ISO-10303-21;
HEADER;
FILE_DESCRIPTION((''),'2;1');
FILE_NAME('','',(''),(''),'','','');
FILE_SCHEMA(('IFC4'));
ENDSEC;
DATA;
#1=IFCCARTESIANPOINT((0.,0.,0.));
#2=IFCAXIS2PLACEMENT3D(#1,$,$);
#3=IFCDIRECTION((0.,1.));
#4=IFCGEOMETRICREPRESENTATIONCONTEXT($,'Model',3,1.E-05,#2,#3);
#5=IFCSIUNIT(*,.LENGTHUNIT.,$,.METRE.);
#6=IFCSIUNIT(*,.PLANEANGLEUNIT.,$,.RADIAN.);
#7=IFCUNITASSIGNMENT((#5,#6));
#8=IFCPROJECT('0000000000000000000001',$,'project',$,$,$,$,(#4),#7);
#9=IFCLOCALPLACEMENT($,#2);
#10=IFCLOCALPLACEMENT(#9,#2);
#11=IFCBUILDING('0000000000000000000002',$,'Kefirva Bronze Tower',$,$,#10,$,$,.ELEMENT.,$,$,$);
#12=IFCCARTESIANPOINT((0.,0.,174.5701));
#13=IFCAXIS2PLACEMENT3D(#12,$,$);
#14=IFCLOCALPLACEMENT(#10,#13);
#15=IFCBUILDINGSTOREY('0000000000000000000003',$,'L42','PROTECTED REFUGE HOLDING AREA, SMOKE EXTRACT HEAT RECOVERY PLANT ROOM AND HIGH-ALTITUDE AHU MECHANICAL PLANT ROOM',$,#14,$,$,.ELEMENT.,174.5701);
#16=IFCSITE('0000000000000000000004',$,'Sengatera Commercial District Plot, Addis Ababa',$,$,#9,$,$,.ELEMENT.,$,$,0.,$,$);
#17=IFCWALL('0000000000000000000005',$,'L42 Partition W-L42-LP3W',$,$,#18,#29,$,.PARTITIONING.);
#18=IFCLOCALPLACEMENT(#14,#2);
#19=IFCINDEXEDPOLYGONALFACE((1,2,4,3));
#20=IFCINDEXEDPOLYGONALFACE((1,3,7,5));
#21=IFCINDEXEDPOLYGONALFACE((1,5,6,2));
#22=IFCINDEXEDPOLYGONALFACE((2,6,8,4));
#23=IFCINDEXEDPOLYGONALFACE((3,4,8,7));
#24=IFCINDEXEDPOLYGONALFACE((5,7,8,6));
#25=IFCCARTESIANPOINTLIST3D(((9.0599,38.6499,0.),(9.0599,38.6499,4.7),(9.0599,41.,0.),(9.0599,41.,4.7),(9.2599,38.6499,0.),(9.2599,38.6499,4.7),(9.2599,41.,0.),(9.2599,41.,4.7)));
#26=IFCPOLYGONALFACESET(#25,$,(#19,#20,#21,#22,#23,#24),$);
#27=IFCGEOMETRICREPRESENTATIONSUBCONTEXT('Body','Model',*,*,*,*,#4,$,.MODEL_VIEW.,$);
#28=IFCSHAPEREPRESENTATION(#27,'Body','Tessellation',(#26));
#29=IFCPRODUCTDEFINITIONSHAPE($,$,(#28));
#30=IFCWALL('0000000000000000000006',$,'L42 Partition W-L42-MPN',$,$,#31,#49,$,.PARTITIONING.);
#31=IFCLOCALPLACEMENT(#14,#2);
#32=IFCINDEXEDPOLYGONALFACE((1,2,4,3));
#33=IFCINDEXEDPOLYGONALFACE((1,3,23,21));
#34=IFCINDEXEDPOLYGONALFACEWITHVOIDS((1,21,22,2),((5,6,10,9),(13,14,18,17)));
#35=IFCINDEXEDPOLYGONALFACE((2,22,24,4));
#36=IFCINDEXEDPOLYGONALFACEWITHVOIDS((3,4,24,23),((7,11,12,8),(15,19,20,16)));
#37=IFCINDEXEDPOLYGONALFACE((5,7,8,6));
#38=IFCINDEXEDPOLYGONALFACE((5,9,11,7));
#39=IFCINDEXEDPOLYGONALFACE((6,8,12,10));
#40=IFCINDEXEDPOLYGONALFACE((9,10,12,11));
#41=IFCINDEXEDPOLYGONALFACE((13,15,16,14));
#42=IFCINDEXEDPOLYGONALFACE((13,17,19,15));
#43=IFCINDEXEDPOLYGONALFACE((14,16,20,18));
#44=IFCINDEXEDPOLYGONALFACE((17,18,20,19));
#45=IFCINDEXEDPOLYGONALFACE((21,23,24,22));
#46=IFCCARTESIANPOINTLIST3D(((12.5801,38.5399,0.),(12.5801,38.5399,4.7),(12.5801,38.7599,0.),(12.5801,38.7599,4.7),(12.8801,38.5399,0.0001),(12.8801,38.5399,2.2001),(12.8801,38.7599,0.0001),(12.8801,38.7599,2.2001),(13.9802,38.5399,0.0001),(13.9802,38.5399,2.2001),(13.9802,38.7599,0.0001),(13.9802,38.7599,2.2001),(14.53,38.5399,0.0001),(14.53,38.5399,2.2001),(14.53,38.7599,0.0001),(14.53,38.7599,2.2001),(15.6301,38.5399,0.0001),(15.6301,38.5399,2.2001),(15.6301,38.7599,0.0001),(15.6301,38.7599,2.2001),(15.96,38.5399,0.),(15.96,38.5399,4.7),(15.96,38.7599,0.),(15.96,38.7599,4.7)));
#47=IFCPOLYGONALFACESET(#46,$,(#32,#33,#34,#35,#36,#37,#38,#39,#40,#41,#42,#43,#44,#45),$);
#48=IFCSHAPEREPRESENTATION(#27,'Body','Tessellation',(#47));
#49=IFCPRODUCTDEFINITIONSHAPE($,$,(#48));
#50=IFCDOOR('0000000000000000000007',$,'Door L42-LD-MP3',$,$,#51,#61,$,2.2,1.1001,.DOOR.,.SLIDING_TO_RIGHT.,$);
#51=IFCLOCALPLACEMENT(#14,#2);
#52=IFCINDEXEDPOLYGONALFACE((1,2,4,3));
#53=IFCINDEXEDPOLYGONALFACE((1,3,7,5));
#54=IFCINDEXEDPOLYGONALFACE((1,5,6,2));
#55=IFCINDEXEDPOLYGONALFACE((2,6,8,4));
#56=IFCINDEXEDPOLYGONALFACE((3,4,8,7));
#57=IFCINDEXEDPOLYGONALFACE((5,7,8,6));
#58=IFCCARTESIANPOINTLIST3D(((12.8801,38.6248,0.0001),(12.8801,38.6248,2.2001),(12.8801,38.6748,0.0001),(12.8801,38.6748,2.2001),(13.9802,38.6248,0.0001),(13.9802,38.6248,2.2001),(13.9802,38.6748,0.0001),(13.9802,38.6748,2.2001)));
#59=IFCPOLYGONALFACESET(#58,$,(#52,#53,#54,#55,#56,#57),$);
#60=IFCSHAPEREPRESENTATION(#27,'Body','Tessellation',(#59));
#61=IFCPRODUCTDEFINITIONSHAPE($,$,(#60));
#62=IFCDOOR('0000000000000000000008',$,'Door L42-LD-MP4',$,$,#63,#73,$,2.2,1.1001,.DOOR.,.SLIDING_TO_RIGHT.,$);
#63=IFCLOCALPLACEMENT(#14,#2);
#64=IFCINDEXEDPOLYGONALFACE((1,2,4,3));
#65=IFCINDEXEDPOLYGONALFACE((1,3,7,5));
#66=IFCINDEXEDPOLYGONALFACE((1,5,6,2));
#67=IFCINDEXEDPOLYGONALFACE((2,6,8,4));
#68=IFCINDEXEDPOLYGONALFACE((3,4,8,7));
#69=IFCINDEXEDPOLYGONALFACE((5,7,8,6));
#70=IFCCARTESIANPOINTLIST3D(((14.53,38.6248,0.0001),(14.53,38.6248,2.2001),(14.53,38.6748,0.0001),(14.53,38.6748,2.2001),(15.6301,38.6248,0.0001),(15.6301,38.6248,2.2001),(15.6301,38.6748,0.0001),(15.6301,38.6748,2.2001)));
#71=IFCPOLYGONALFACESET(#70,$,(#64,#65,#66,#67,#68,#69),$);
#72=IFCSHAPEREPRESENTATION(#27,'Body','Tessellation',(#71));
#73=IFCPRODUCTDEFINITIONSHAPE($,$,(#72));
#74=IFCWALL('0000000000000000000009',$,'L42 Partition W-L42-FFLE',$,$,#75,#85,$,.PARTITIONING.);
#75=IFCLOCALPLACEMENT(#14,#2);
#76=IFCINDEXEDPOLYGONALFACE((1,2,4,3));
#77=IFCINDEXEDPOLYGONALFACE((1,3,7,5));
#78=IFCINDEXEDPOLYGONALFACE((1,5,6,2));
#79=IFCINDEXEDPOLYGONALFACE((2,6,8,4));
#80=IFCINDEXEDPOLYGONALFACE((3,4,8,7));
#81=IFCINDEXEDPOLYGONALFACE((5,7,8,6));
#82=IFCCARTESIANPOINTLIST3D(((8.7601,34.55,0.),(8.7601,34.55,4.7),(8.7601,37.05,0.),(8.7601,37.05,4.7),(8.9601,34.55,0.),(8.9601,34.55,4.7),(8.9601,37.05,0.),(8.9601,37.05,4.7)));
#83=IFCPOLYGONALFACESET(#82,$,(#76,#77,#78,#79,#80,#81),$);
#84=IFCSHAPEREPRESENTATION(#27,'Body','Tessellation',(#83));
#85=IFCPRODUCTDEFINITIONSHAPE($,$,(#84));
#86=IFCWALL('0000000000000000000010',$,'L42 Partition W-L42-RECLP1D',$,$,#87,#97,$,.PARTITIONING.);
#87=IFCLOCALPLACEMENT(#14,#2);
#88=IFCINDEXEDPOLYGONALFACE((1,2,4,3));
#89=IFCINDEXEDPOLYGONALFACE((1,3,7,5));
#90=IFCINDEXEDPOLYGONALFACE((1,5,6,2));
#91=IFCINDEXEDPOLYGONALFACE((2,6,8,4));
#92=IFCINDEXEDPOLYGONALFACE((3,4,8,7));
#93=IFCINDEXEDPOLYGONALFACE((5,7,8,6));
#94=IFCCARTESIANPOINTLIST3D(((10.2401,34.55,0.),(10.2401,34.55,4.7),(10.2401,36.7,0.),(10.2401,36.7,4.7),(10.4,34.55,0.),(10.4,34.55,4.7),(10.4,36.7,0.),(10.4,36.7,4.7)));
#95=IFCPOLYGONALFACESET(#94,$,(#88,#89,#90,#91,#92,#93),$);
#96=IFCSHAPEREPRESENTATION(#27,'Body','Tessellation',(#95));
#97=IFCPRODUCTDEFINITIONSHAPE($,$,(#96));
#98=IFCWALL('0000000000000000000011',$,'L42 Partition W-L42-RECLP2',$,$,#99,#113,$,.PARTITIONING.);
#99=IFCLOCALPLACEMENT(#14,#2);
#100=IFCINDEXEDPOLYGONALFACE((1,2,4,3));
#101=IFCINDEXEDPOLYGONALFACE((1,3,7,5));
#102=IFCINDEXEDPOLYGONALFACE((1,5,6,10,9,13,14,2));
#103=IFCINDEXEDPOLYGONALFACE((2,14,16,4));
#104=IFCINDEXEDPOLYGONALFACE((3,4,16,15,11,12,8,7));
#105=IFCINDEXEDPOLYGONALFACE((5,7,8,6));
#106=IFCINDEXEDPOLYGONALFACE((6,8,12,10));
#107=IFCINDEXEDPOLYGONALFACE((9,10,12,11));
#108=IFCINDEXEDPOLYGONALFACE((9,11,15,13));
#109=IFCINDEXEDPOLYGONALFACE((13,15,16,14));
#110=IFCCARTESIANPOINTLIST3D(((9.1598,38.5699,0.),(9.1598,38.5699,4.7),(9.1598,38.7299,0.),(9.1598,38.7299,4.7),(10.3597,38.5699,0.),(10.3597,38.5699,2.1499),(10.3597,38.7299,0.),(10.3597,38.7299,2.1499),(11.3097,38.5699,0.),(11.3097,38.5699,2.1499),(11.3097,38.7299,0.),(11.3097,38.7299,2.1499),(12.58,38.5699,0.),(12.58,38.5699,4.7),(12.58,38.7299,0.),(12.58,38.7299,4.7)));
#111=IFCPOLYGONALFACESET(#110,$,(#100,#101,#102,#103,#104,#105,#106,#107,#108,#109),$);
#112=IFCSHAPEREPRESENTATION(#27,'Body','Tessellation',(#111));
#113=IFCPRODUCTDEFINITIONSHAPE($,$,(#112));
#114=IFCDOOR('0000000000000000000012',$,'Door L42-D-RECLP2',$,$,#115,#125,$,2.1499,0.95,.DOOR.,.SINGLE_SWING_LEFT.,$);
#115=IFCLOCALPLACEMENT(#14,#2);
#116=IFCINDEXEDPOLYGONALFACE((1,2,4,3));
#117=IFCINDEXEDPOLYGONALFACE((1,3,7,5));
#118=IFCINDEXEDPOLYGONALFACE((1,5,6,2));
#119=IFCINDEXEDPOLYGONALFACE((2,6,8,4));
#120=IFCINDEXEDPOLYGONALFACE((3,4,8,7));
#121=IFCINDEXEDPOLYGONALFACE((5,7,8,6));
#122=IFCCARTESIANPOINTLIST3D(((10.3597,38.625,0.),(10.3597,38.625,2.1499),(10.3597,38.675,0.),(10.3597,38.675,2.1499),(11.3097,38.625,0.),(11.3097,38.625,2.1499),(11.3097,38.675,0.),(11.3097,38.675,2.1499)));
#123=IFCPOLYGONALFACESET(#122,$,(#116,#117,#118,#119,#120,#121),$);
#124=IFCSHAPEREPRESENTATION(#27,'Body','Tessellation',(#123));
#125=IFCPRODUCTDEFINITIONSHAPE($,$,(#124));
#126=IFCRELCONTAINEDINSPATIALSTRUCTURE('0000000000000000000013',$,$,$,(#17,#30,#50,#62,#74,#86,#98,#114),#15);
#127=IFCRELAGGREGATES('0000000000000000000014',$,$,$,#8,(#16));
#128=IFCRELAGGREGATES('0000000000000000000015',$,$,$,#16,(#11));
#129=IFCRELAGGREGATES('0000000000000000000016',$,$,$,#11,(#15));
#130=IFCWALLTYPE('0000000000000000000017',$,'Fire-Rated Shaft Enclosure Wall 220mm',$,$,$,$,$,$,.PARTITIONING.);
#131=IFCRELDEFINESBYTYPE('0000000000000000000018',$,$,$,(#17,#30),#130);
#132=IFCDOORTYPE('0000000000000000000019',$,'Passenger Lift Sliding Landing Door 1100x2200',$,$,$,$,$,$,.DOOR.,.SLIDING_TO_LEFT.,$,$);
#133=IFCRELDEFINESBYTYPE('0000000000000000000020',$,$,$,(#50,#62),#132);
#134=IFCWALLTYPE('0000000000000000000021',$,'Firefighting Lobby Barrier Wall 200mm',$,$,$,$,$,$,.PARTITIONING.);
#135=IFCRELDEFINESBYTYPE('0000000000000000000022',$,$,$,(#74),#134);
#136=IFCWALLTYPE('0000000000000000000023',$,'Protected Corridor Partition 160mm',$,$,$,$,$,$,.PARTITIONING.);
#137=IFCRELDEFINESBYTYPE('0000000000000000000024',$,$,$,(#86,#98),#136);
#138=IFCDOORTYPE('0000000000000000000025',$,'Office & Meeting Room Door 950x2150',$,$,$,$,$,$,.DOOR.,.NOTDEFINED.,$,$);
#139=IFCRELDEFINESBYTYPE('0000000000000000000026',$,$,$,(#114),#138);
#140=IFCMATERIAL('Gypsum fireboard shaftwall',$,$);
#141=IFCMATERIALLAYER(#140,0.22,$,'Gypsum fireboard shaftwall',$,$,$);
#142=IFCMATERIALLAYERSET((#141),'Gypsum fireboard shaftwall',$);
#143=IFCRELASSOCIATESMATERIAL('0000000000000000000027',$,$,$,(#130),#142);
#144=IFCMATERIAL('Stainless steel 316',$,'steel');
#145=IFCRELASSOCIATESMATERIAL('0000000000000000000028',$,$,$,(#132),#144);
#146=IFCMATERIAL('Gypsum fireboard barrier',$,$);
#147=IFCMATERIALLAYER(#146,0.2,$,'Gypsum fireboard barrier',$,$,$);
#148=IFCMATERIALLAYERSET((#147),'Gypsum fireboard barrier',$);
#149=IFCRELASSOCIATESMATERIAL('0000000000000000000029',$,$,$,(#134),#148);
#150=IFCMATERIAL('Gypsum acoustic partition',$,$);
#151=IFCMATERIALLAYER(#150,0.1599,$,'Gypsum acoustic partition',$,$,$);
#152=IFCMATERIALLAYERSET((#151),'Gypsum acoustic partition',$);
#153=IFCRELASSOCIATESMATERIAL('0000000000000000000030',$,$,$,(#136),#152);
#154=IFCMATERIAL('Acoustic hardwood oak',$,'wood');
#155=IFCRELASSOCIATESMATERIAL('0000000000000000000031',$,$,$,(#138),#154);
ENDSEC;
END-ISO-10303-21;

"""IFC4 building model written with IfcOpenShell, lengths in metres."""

from ifc_helpers import new_model, si_unit, direction, frame, frame_2d, origin, place, context, subcontext, project, spatial, rectangle, extrude, material, layer, layer_set, type_object, element, fill, save


model = new_model("IFC4")

# Units and contexts
model_context = context("Model", 3, precision=1e-05, world=origin(), true_north=direction((0.0, 1.0)))
body_context = subcontext(model_context, "Body", "Model", "MODEL_VIEW")
ifc_project = project(units=[si_unit("LENGTHUNIT", "METRE"), si_unit("PLANEANGLEUNIT", "RADIAN")], contexts=[model_context])

# Site, building, storey
site_placement = place(None, origin())
site = spatial("IfcSite", under=ifc_project, at=site_placement, Name="Sengatera Commercial District Plot, Addis Ababa", CompositionType="ELEMENT", RefElevation=0.0)
building_placement = place(site_placement, origin())
building = spatial("IfcBuilding", under=site, at=building_placement, Name="Kefirva Bronze Tower", CompositionType="ELEMENT")
storey_placement = place(building_placement, frame((0.0, 0.0, 174.5701)))
storey = spatial("IfcBuildingStorey", under=building, at=storey_placement, Name="L42", Description="PROTECTED REFUGE HOLDING AREA, SMOKE EXTRACT HEAT RECOVERY PLANT ROOM AND HIGH-ALTITUDE AHU MECHANICAL PLANT ROOM", CompositionType="ELEMENT", Elevation=174.5701)

# Shared definitions
ifc_material_1 = material(Name="Gypsum fireboard shaftwall")
ifc_layer_1 = layer(ifc_material_1, 0.22, Name="Gypsum fireboard shaftwall")
ifc_layer_set_1 = layer_set([ifc_layer_1], Name="Gypsum fireboard shaftwall")
wall_type_1 = type_object("IfcWallType", Name="Fire-Rated Shaft Enclosure Wall 220mm", PredefinedType="PARTITIONING", material=ifc_layer_set_1)
ifc_material_2 = material(Name="Stainless steel 316", Category="steel")

# Wall
wall_1_placement = place(storey_placement, frame((9.1599, 38.6499, 0.0), z_axis=(0.0, 0.0, 1.0), x_axis=(0.0, 1.0, 0.0)))
element("IfcWall", 1, at=wall_1_placement, inside=storey, type_object=wall_type_1, Name="L42 Partition W-L42-LP3W", PredefinedType="PARTITIONING", context=body_context, shape_type="SweptSolid", body=[
    extrude(rectangle(XDim=2.3501, YDim=0.2, at=frame_2d((1.175, 0.0))), origin(), (0.0, 0.0, 1.0), 4.7),
])

# Wall, openings, doors
wall_2_placement = place(storey_placement, frame((12.5801, 38.6499, 0.0), z_axis=(0.0, 0.0, 1.0), x_axis=(1.0, 0.0, 0.0)))
wall_2 = element("IfcWall", 2, at=wall_2_placement, inside=storey, type_object=wall_type_1, Name="L42 Partition W-L42-MPN", PredefinedType="PARTITIONING", context=body_context, shape_type="SweptSolid", body=[
    extrude(rectangle(XDim=3.3799, YDim=0.22, at=frame_2d((1.6899, 0.0))), origin(), (0.0, 0.0, 1.0), 4.7),
])
opening_1_placement = place(wall_2_placement, frame((0.3, 0.0, 0.0)))
opening_1 = element("IfcOpeningElement", 3, at=opening_1_placement, cuts=wall_2, PredefinedType="OPENING", context=body_context, shape_type="SweptSolid", body=[
    extrude(rectangle(XDim=1.1001, YDim=2.2, at=frame_2d((0.55, 1.1001))), frame((0.0, 0.1201, 0.0), z_axis=(0.0, -1.0, 0.0), x_axis=(1.0, 0.0, 0.0)), (0.0, 0.0, 1.0), 0.24),
])
opening_2_placement = place(wall_2_placement, frame((1.95, 0.0, 0.0)))
opening_2 = element("IfcOpeningElement", 4, at=opening_2_placement, cuts=wall_2, PredefinedType="OPENING", context=body_context, shape_type="SweptSolid", body=[
    extrude(rectangle(XDim=1.1001, YDim=2.2, at=frame_2d((0.55, 1.1001))), frame((0.0, 0.1201, 0.0), z_axis=(0.0, -1.0, 0.0), x_axis=(1.0, 0.0, 0.0)), (0.0, 0.0, 1.0), 0.24),
])
door_type_1 = type_object("IfcDoorType", Name="Passenger Lift Sliding Landing Door 1100x2200", OperationType="SLIDING_TO_LEFT", PredefinedType="DOOR", material=ifc_material_2)
door_1_placement = place(opening_1_placement, origin())
door_1 = element("IfcDoor", 5, at=door_1_placement, inside=storey, type_object=door_type_1, Name="Door L42-LD-MP3", OperationType="SLIDING_TO_RIGHT", OverallHeight=2.2, OverallWidth=1.1001, PredefinedType="DOOR", context=body_context, shape_type="SweptSolid", body=[
    extrude(rectangle(XDim=1.1001, YDim=2.2, at=frame_2d((0.55, 1.1001))), frame((0.0, 0.0249, 0.0), z_axis=(0.0, -1.0, 0.0), x_axis=(1.0, 0.0, 0.0)), (0.0, 0.0, 1.0), 0.05),
])
fill(opening_1, door_1)
door_2_placement = place(opening_2_placement, origin())
door_2 = element("IfcDoor", 6, at=door_2_placement, inside=storey, type_object=door_type_1, Name="Door L42-LD-MP4", OperationType="SLIDING_TO_RIGHT", OverallHeight=2.2, OverallWidth=1.1001, PredefinedType="DOOR", context=body_context, shape_type="SweptSolid", body=[
    extrude(rectangle(XDim=1.1001, YDim=2.2, at=frame_2d((0.55, 1.1001))), frame((0.0, 0.0249, 0.0), z_axis=(0.0, -1.0, 0.0), x_axis=(1.0, 0.0, 0.0)), (0.0, 0.0, 1.0), 0.05),
])
fill(opening_2, door_2)

# Wall
ifc_material_3 = material(Name="Gypsum fireboard barrier")
ifc_layer_2 = layer(ifc_material_3, 0.2, Name="Gypsum fireboard barrier")
ifc_layer_set_2 = layer_set([ifc_layer_2], Name="Gypsum fireboard barrier")
wall_type_2 = type_object("IfcWallType", Name="Firefighting Lobby Barrier Wall 200mm", PredefinedType="PARTITIONING", material=ifc_layer_set_2)
wall_3_placement = place(storey_placement, frame((8.8601, 34.55, 0.0), z_axis=(0.0, 0.0, 1.0), x_axis=(0.0, 1.0, 0.0)))
element("IfcWall", 7, at=wall_3_placement, inside=storey, type_object=wall_type_2, Name="L42 Partition W-L42-FFLE", PredefinedType="PARTITIONING", context=body_context, shape_type="SweptSolid", body=[
    extrude(rectangle(XDim=2.5, YDim=0.2, at=frame_2d((1.25, 0.0))), origin(), (0.0, 0.0, 1.0), 4.7),
])

# Shared definitions
ifc_material_4 = material(Name="Gypsum acoustic partition")
ifc_layer_3 = layer(ifc_material_4, 0.1599, Name="Gypsum acoustic partition")
ifc_layer_set_3 = layer_set([ifc_layer_3], Name="Gypsum acoustic partition")
wall_type_3 = type_object("IfcWallType", Name="Protected Corridor Partition 160mm", PredefinedType="PARTITIONING", material=ifc_layer_set_3)

# Wall
wall_4_placement = place(storey_placement, frame((10.3201, 34.55, 0.0), z_axis=(0.0, 0.0, 1.0), x_axis=(0.0, 1.0, 0.0)))
element("IfcWall", 8, at=wall_4_placement, inside=storey, type_object=wall_type_3, Name="L42 Partition W-L42-RECLP1D", PredefinedType="PARTITIONING", context=body_context, shape_type="SweptSolid", body=[
    extrude(rectangle(XDim=2.1499, YDim=0.1599, at=frame_2d((1.075, 0.0))), origin(), (0.0, 0.0, 1.0), 4.7),
])

# Wall, opening, door
wall_5_placement = place(storey_placement, frame((9.1599, 38.6499, 0.0), z_axis=(0.0, 0.0, 1.0), x_axis=(1.0, 0.0, 0.0)))
wall_5 = element("IfcWall", 9, at=wall_5_placement, inside=storey, type_object=wall_type_3, Name="L42 Partition W-L42-RECLP2", PredefinedType="PARTITIONING", context=body_context, shape_type="SweptSolid", body=[
    extrude(rectangle(XDim=3.4202, YDim=0.1599, at=frame_2d((1.71, 0.0))), origin(), (0.0, 0.0, 1.0), 4.7),
])
opening_3_placement = place(wall_5_placement, frame((2.1499, 0.0, 0.0), z_axis=(0.0, 0.0, 1.0), x_axis=(-1.0, 0.0, 0.0)))
opening_3 = element("IfcOpeningElement", 10, at=opening_3_placement, cuts=wall_5, PredefinedType="OPENING", context=body_context, shape_type="SweptSolid", body=[
    extrude(rectangle(XDim=0.95, YDim=2.1499, at=frame_2d((0.4751, 1.075))), frame((0.0, 0.0898, 0.0), z_axis=(0.0, -1.0, 0.0), x_axis=(1.0, 0.0, 0.0)), (0.0, 0.0, 1.0), 0.1799),
])
ifc_material_5 = material(Name="Acoustic hardwood oak", Category="wood")
door_type_2 = type_object("IfcDoorType", Name="Office & Meeting Room Door 950x2150", OperationType="NOTDEFINED", PredefinedType="DOOR", material=ifc_material_5)
door_3_placement = place(opening_3_placement, origin())
door_3 = element("IfcDoor", 11, at=door_3_placement, inside=storey, type_object=door_type_2, Name="Door L42-D-RECLP2", OperationType="SINGLE_SWING_LEFT", OverallHeight=2.1499, OverallWidth=0.95, PredefinedType="DOOR", context=body_context, shape_type="SweptSolid", body=[
    extrude(rectangle(XDim=0.95, YDim=2.1499, at=frame_2d((0.4751, 1.075))), frame((0.0, 0.0249, 0.0), z_axis=(0.0, -1.0, 0.0), x_axis=(1.0, 0.0, 0.0)), (0.0, 0.0, 1.0), 0.05),
])
fill(opening_3, door_3)

save(model, "model.ifc")
